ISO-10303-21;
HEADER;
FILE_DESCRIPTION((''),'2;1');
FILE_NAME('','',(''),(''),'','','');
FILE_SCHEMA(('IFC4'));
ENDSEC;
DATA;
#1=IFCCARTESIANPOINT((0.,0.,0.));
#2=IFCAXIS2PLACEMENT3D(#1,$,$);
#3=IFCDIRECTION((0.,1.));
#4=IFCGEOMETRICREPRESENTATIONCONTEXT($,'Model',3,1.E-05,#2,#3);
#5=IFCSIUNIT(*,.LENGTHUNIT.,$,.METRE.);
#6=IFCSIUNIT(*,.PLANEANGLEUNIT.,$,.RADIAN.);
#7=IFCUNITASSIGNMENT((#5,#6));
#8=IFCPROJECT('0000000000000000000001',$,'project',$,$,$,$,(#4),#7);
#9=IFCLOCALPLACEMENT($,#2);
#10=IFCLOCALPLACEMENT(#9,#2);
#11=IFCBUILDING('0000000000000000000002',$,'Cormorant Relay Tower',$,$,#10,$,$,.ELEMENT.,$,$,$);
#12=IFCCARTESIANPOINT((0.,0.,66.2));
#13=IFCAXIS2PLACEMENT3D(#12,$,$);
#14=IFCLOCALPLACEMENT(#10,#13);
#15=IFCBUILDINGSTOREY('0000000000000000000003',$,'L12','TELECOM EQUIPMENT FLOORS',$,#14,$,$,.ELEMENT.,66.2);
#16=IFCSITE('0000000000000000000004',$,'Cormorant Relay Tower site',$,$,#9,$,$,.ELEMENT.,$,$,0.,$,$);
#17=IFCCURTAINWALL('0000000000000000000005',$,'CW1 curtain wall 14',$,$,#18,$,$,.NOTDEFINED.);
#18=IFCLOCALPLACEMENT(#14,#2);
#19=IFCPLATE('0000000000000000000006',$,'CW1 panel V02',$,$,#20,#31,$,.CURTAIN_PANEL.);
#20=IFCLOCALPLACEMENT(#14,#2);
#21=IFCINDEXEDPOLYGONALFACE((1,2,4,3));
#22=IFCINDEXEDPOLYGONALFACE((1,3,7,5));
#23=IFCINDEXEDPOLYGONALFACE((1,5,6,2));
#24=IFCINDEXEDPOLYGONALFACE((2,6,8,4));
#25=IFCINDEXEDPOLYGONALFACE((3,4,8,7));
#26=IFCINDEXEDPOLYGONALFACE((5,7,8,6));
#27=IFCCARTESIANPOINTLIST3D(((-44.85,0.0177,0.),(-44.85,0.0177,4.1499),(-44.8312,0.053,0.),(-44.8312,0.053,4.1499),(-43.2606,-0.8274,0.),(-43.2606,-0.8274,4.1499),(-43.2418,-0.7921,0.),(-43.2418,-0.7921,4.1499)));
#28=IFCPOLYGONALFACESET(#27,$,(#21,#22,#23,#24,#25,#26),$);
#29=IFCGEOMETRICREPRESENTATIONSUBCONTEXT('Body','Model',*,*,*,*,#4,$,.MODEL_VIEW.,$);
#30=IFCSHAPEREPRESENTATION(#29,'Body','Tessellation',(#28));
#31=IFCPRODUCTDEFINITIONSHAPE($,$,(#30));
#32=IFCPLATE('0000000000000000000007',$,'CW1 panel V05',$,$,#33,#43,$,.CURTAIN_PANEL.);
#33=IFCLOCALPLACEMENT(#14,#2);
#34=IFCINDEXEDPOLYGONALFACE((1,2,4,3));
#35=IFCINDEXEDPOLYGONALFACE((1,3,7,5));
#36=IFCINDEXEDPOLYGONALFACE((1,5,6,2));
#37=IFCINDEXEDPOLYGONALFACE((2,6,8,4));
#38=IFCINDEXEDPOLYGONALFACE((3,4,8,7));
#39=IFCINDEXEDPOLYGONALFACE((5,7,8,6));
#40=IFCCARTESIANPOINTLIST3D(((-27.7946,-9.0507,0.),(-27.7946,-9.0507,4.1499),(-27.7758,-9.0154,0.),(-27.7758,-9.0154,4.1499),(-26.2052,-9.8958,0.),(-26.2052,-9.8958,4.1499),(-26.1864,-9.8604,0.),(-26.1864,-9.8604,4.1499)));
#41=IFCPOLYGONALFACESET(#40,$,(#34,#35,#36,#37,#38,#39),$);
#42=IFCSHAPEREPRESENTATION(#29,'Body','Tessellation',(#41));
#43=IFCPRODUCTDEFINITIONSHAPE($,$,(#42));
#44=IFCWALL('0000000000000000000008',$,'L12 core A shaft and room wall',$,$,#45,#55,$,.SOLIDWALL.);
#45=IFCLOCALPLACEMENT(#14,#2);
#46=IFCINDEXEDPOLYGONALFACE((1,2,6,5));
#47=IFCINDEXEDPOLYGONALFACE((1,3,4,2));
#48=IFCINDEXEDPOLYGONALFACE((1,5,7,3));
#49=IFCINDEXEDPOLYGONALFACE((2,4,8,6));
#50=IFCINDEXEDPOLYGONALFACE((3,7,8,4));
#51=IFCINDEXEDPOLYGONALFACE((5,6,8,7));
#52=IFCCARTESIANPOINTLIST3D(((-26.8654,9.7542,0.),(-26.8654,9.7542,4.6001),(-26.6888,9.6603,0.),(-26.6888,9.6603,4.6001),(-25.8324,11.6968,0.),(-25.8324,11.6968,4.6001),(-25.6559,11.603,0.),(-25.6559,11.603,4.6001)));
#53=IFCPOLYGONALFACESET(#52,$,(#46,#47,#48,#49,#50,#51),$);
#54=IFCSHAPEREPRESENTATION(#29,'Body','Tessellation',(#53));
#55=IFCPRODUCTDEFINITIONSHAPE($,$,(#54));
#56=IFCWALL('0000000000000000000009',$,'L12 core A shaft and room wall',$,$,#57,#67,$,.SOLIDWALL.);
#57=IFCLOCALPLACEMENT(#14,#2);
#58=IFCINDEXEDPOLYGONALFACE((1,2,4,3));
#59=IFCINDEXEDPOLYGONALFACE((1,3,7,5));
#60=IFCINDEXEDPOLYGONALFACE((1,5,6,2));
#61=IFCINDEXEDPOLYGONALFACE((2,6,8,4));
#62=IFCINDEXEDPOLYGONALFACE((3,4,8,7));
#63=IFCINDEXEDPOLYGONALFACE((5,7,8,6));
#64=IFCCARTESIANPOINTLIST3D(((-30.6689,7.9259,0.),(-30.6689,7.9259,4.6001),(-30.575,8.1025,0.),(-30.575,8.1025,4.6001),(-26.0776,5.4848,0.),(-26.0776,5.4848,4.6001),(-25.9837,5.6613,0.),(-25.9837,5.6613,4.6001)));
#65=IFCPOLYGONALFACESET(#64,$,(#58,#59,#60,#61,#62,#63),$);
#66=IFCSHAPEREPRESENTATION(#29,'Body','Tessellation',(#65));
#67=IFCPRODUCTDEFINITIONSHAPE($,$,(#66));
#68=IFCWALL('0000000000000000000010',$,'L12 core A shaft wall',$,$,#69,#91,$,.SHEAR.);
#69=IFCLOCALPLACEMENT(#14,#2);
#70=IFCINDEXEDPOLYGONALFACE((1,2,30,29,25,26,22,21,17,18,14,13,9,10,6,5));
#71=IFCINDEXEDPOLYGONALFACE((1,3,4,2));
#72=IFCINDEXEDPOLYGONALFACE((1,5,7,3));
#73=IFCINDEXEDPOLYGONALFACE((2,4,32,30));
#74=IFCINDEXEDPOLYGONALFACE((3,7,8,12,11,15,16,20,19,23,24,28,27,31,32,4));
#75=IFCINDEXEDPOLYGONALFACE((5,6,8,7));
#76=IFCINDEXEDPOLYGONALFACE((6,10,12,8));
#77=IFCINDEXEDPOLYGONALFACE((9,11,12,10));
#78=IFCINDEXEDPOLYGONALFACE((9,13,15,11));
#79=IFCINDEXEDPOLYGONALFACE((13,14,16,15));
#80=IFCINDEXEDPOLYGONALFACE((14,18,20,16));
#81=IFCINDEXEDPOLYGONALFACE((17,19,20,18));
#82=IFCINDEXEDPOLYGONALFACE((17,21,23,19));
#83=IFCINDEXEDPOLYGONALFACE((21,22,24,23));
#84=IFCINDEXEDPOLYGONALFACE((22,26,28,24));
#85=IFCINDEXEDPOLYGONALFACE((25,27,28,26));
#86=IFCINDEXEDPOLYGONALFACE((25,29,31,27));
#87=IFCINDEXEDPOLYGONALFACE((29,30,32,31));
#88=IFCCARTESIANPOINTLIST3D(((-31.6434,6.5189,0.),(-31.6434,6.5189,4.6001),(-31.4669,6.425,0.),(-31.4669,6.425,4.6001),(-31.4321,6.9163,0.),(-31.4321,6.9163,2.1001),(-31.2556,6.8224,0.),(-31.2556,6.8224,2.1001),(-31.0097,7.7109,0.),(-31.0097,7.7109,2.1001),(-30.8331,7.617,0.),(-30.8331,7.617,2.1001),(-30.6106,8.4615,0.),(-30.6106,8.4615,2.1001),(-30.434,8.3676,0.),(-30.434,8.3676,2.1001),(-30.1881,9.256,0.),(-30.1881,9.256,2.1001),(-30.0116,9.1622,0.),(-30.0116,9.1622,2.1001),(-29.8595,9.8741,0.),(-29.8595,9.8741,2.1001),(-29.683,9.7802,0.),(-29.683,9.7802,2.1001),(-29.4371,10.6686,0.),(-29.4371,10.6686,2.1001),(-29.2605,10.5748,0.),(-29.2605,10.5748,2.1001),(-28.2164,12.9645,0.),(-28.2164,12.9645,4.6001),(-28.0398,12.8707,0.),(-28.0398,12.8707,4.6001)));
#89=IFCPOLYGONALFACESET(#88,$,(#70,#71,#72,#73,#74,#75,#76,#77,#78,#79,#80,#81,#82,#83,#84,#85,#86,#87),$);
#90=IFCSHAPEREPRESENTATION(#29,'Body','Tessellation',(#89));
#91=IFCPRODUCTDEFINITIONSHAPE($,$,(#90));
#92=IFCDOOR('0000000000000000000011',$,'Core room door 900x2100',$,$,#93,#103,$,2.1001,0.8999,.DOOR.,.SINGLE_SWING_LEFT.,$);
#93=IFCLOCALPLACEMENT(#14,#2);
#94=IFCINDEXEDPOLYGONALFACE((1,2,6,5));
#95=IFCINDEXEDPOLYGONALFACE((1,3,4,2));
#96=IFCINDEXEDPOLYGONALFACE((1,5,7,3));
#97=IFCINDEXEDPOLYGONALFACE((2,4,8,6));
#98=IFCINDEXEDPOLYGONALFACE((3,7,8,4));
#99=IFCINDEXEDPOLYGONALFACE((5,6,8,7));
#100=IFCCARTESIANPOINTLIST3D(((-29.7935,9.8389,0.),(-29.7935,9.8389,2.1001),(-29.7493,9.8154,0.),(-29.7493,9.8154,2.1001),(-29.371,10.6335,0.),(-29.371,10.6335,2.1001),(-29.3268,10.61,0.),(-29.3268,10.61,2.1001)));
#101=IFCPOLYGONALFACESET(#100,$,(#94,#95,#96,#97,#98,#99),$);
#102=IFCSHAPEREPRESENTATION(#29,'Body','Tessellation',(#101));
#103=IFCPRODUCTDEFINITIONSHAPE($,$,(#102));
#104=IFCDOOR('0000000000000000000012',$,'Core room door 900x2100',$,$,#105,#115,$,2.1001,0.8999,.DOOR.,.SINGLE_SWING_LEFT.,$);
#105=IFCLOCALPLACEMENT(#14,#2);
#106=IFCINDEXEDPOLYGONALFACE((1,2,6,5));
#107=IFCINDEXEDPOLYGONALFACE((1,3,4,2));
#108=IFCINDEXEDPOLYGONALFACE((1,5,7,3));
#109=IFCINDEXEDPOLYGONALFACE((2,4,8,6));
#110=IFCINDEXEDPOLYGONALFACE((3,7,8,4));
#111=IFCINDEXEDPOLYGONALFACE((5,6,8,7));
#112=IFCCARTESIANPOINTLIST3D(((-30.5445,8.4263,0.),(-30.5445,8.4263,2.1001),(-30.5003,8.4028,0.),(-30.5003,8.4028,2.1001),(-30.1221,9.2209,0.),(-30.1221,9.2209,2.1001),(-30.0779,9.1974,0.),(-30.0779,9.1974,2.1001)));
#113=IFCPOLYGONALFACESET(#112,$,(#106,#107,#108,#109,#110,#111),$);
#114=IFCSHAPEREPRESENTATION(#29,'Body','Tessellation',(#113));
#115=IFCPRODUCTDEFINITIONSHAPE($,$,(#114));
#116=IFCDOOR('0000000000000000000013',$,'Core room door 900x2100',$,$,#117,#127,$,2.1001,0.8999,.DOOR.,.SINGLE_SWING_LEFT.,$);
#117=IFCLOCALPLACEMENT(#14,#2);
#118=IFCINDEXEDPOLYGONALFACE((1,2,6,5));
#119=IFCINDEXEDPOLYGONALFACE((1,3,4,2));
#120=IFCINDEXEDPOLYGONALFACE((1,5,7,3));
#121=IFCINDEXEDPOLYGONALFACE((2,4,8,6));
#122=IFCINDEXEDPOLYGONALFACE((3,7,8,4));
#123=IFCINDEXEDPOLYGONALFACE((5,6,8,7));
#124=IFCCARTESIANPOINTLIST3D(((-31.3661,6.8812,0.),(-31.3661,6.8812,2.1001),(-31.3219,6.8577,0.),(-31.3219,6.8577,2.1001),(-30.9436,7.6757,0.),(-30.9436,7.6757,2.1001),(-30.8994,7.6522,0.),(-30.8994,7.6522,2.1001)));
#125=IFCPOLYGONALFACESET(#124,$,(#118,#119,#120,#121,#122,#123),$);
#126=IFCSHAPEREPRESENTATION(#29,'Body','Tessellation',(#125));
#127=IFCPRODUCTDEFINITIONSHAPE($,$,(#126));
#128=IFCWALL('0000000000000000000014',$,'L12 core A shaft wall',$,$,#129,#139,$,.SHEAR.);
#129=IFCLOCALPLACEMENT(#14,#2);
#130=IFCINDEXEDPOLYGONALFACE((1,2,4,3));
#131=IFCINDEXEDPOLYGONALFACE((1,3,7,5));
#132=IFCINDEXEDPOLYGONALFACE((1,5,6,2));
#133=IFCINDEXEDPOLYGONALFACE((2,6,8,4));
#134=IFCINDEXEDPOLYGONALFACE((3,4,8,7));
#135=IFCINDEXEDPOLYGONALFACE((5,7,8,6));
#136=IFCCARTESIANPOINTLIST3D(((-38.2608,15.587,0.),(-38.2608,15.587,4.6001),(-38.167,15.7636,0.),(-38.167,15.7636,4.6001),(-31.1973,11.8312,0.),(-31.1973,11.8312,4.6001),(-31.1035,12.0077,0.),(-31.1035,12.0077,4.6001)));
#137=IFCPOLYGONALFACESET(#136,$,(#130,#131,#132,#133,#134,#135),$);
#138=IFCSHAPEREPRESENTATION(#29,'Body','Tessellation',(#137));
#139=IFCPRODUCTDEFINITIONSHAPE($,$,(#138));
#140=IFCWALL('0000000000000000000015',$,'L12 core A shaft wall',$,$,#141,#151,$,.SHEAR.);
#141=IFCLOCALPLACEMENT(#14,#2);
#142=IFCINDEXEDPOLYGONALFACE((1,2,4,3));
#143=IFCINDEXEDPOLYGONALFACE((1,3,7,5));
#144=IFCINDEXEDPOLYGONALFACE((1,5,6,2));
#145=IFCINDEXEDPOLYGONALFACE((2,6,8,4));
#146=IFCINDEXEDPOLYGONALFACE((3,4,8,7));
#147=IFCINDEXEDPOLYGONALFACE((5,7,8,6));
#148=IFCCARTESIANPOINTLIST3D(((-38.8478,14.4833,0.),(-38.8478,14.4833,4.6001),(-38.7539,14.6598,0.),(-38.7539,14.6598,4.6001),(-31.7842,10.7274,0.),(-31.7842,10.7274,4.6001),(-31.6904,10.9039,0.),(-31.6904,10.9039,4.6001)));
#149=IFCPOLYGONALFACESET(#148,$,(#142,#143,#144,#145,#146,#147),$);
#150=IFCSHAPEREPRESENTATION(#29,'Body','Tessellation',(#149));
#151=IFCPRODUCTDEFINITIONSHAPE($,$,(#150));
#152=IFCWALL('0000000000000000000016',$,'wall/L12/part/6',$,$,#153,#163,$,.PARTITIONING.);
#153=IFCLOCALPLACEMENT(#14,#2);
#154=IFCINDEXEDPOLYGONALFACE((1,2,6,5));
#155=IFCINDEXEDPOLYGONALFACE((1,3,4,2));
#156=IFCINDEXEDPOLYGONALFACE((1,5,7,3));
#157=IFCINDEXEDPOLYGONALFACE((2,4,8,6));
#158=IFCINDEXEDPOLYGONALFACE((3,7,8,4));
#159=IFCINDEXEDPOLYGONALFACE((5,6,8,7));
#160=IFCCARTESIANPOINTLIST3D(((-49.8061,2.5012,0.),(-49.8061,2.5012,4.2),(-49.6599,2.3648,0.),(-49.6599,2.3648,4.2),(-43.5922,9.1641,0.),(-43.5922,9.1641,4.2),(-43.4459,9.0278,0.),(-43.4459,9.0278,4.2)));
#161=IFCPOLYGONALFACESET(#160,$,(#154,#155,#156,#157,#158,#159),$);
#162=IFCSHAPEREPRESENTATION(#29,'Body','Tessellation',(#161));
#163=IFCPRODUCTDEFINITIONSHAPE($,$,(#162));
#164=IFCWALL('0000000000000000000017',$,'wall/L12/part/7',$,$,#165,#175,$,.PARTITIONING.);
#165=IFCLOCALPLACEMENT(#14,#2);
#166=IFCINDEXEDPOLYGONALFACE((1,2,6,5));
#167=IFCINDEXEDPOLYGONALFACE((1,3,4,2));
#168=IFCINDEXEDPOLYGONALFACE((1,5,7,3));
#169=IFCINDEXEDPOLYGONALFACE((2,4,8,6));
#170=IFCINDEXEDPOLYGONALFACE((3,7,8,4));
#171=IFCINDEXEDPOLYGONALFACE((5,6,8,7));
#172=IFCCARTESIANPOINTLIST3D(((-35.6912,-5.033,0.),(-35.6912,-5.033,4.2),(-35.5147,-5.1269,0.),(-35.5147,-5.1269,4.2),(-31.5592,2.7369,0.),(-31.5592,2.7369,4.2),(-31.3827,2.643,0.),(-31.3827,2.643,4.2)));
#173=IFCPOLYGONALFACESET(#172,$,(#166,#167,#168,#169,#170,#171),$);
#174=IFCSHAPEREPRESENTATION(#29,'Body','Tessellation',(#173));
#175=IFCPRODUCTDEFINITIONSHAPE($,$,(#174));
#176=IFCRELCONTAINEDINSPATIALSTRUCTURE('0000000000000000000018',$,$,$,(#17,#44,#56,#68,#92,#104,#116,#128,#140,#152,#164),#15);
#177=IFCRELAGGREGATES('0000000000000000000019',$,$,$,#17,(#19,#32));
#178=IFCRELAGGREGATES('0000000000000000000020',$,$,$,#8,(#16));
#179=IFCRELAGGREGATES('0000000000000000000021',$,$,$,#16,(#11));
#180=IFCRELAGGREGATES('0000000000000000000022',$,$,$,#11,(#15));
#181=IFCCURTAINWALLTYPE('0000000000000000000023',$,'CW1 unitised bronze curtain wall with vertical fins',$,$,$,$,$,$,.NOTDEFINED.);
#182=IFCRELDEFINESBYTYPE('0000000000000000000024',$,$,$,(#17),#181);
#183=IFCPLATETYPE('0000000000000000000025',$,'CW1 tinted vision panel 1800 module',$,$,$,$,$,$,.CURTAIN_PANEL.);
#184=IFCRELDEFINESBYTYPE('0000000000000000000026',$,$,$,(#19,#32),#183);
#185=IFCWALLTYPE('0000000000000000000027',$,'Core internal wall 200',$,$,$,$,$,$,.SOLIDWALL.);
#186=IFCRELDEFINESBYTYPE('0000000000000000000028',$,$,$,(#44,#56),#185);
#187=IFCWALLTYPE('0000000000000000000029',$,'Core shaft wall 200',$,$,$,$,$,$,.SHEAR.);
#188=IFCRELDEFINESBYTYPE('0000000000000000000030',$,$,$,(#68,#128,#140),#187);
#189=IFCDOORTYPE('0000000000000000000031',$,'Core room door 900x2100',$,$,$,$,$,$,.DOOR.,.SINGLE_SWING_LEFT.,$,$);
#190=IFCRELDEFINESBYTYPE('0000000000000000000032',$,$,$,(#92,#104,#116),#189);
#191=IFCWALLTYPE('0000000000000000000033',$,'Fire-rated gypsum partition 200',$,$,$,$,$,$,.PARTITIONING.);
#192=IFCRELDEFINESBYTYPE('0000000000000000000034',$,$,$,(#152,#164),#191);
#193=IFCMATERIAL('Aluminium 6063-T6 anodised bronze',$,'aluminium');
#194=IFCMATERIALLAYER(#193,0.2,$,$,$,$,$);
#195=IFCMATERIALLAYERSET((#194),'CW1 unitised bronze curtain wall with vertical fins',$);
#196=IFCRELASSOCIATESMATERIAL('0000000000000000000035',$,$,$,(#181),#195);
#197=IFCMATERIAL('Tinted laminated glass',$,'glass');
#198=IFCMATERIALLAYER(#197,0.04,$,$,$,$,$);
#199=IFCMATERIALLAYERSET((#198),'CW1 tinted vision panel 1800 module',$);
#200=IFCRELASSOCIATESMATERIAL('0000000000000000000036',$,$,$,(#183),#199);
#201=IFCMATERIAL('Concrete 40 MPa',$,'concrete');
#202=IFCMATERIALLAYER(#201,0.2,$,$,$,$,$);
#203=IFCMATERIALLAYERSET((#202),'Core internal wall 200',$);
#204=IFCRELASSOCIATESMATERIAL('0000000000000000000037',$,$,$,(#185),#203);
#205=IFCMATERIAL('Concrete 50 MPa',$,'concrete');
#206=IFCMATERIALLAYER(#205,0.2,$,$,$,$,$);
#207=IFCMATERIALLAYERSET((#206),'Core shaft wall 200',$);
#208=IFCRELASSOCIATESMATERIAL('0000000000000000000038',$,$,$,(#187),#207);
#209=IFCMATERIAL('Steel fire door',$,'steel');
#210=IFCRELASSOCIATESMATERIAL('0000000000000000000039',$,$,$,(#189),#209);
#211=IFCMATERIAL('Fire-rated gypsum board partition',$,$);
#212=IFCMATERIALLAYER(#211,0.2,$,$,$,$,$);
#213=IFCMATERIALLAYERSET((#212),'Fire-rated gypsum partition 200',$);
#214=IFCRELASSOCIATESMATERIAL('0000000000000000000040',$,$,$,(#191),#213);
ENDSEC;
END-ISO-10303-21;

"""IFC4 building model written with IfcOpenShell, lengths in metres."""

from ifc_helpers import new_model, si_unit, direction, frame, frame_2d, origin, origin_2d, place, context, subcontext, project, spatial, rectangle, extrude, material, layer, layer_set, type_object, element, fill, aggregate, save


model = new_model("IFC4")

# Units and contexts
model_context = context("Model", 3, precision=1e-05, world=origin(), true_north=direction((0.0, 1.0)))
body_context = subcontext(model_context, "Body", "Model", "MODEL_VIEW")
ifc_project = project(units=[si_unit("LENGTHUNIT", "METRE"), si_unit("PLANEANGLEUNIT", "RADIAN")], contexts=[model_context])

# Site, building, storey
site_placement = place(None, origin())
site = spatial("IfcSite", under=ifc_project, at=site_placement, Name="Cormorant Relay Tower site", CompositionType="ELEMENT", RefElevation=0.0)
building_placement = place(site_placement, origin())
building = spatial("IfcBuilding", under=site, at=building_placement, Name="Cormorant Relay Tower", CompositionType="ELEMENT")
storey_placement = place(building_placement, frame((0.0, 0.0, 66.2)))
storey = spatial("IfcBuildingStorey", under=building, at=storey_placement, Name="L12", Description="TELECOM EQUIPMENT FLOORS", CompositionType="ELEMENT", Elevation=66.2)

# Curtain wall
ifc_material_1 = material(Name="Aluminium 6063-T6 anodised bronze", Category="aluminium")
ifc_layer_1 = layer(ifc_material_1, 0.2)
ifc_layer_set_1 = layer_set([ifc_layer_1], Name="CW1 unitised bronze curtain wall with vertical fins")
curtain_wall_type = type_object("IfcCurtainWallType", Name="CW1 unitised bronze curtain wall with vertical fins", PredefinedType="NOTDEFINED", material=ifc_layer_set_1)
curtain_wall_placement = place(storey_placement, origin())
curtain_wall = element("IfcCurtainWall", 1, at=curtain_wall_placement, inside=storey, type_object=curtain_wall_type, Name="CW1 curtain wall 14", PredefinedType="NOTDEFINED")

# Plates
ifc_material_2 = material(Name="Tinted laminated glass", Category="glass")
ifc_layer_2 = layer(ifc_material_2, 0.04)
ifc_layer_set_2 = layer_set([ifc_layer_2], Name="CW1 tinted vision panel 1800 module")
plate_type = type_object("IfcPlateType", Name="CW1 tinted vision panel 1800 module", PredefinedType="CURTAIN_PANEL", material=ifc_layer_set_2)
plate_1_placement = place(storey_placement, frame((-44.0459, -0.3872, 0.0), z_axis=(0.0, 0.0, 1.0), x_axis=(0.882948, -0.469472, 0.0)))
plate_1 = element("IfcPlate", 2, at=plate_1_placement, type_object=plate_type, Name="CW1 panel V02", PredefinedType="CURTAIN_PANEL", context=body_context, shape_type="SweptSolid", body=[
    extrude(rectangle(XDim=1.8, YDim=0.04, at=origin_2d()), origin(), (0.0, 0.0, 1.0), 4.1499),
])
plate_2_placement = place(storey_placement, frame((-26.9905, -9.4556, 0.0), z_axis=(0.0, 0.0, 1.0), x_axis=(0.882948, -0.469472, 0.0)))
plate_2 = element("IfcPlate", 3, at=plate_2_placement, type_object=plate_type, Name="CW1 panel V05", PredefinedType="CURTAIN_PANEL", context=body_context, shape_type="SweptSolid", body=[
    extrude(rectangle(XDim=1.8, YDim=0.04, at=origin_2d()), origin(), (0.0, 0.0, 1.0), 4.1499),
])

# Walls
ifc_material_3 = material(Name="Concrete 40 MPa", Category="concrete")
ifc_layer_3 = layer(ifc_material_3, 0.2)
ifc_layer_set_3 = layer_set([ifc_layer_3], Name="Core internal wall 200")
wall_type_1 = type_object("IfcWallType", Name="Core internal wall 200", PredefinedType="SOLIDWALL", material=ifc_layer_set_3)
wall_1_placement = place(storey_placement, frame((-25.7441, 11.6499, 0.0), z_axis=(0.0, 0.0, 1.0), x_axis=(-0.469488, -0.882939, 0.0)))
element("IfcWall", 4, at=wall_1_placement, inside=storey, type_object=wall_type_1, Name="L12 core A shaft and room wall", PredefinedType="SOLIDWALL", context=body_context, shape_type="SweptSolid", body=[
    extrude(rectangle(XDim=2.2002, YDim=0.2, at=frame_2d((1.1001, 0.0))), origin(), (0.0, 0.0, 1.0), 4.6001),
])
wall_2_placement = place(storey_placement, frame((-26.0305, 5.573, 0.0), z_axis=(0.0, 0.0, 1.0), x_axis=(-0.882954, 0.46946, 0.0)))
element("IfcWall", 5, at=wall_2_placement, inside=storey, type_object=wall_type_1, Name="L12 core A shaft and room wall", PredefinedType="SOLIDWALL", context=body_context, shape_type="SweptSolid", body=[
    extrude(rectangle(XDim=5.2, YDim=0.2, at=frame_2d((2.6001, 0.0))), origin(), (0.0, 0.0, 1.0), 4.6001),
])

# Wall, openings, doors
ifc_material_4 = material(Name="Concrete 50 MPa", Category="concrete")
ifc_layer_4 = layer(ifc_material_4, 0.2)
ifc_layer_set_4 = layer_set([ifc_layer_4], Name="Core shaft wall 200")
wall_type_2 = type_object("IfcWallType", Name="Core shaft wall 200", PredefinedType="SHEAR", material=ifc_layer_set_4)
wall_3_placement = place(storey_placement, frame((-28.1282, 12.9175, 0.0), z_axis=(0.0, 0.0, 1.0), x_axis=(-0.469454, -0.882957, 0.0)))
wall_3 = element("IfcWall", 6, at=wall_3_placement, inside=storey, type_object=wall_type_2, Name="L12 core A shaft wall", PredefinedType="SHEAR", context=body_context, shape_type="SweptSolid", body=[
    extrude(rectangle(XDim=7.3, YDim=0.2, at=frame_2d((3.6499, 0.0))), origin(), (0.0, 0.0, 1.0), 4.6001),
])
opening_1_placement = place(wall_3_placement, frame((2.6001, 0.0, 0.0)))
opening_1 = element("IfcOpeningElement", 7, at=opening_1_placement, cuts=wall_3, PredefinedType="OPENING", context=body_context, shape_type="SweptSolid", body=[
    extrude(rectangle(XDim=0.8999, YDim=2.1001, at=frame_2d((0.45, 1.05))), frame((0.0, 0.1099, 0.0), z_axis=(0.0, -1.0, 0.0), x_axis=(1.0, 0.0, 0.0)), (0.0, 0.0, 1.0), 0.22),
])
opening_2_placement = place(wall_3_placement, frame((4.2, 0.0, 0.0)))
opening_2 = element("IfcOpeningElement", 8, at=opening_2_placement, cuts=wall_3, PredefinedType="OPENING", context=body_context, shape_type="SweptSolid", body=[
    extrude(rectangle(XDim=0.8999, YDim=2.1001, at=frame_2d((0.45, 1.05))), frame((0.0, 0.1099, 0.0), z_axis=(0.0, -1.0, 0.0), x_axis=(1.0, 0.0, 0.0)), (0.0, 0.0, 1.0), 0.22),
])
opening_3_placement = place(wall_3_placement, frame((5.95, 0.0, 0.0)))
opening_3 = element("IfcOpeningElement", 9, at=opening_3_placement, cuts=wall_3, PredefinedType="OPENING", context=body_context, shape_type="SweptSolid", body=[
    extrude(rectangle(XDim=0.8999, YDim=2.1001, at=frame_2d((0.45, 1.05))), frame((0.0, 0.1099, 0.0), z_axis=(0.0, -1.0, 0.0), x_axis=(1.0, 0.0, 0.0)), (0.0, 0.0, 1.0), 0.22),
])
ifc_material_5 = material(Name="Steel fire door", Category="steel")
door_type = type_object("IfcDoorType", Name="Core room door 900x2100", OperationType="SINGLE_SWING_LEFT", PredefinedType="DOOR", material=ifc_material_5)
door_1_placement = place(opening_1_placement, origin())
door_1 = element("IfcDoor", 10, at=door_1_placement, inside=storey, type_object=door_type, Name="Core room door 900x2100", OperationType="SINGLE_SWING_LEFT", OverallHeight=2.1001, OverallWidth=0.8999, PredefinedType="DOOR", context=body_context, shape_type="SweptSolid", body=[
    extrude(rectangle(XDim=0.8999, YDim=2.1001, at=frame_2d((0.45, 1.05))), frame((0.0, 0.0249, 0.0), z_axis=(0.0, -1.0, 0.0), x_axis=(1.0, 0.0, 0.0)), (0.0, 0.0, 1.0), 0.05),
])
fill(opening_1, door_1)
door_2_placement = place(opening_2_placement, origin())
door_2 = element("IfcDoor", 11, at=door_2_placement, inside=storey, type_object=door_type, Name="Core room door 900x2100", OperationType="SINGLE_SWING_LEFT", OverallHeight=2.1001, OverallWidth=0.8999, PredefinedType="DOOR", context=body_context, shape_type="SweptSolid", body=[
    extrude(rectangle(XDim=0.8999, YDim=2.1001, at=frame_2d((0.45, 1.05))), frame((0.0, 0.0249, 0.0), z_axis=(0.0, -1.0, 0.0), x_axis=(1.0, 0.0, 0.0)), (0.0, 0.0, 1.0), 0.05),
])
fill(opening_2, door_2)
door_3_placement = place(opening_3_placement, origin())
door_3 = element("IfcDoor", 12, at=door_3_placement, inside=storey, type_object=door_type, Name="Core room door 900x2100", OperationType="SINGLE_SWING_LEFT", OverallHeight=2.1001, OverallWidth=0.8999, PredefinedType="DOOR", context=body_context, shape_type="SweptSolid", body=[
    extrude(rectangle(XDim=0.8999, YDim=2.1001, at=frame_2d((0.45, 1.05))), frame((0.0, 0.0249, 0.0), z_axis=(0.0, -1.0, 0.0), x_axis=(1.0, 0.0, 0.0)), (0.0, 0.0, 1.0), 0.05),
])
fill(opening_3, door_3)

# Walls
for number, where, z_axis, x_axis, name in (
    (13, (-31.1504, 11.9194, 0.0), (0.0, 0.0, 1.0), (-0.88294, 0.469485, 0.0), "L12 core A shaft wall"),
    (14, (-31.7373, 10.8157, 0.0), (0.0, 0.0, 1.0), (-0.88294, 0.469485, 0.0), "L12 core A shaft wall"),
):
    element("IfcWall", number, at=place(storey_placement, frame(where, z_axis=z_axis, x_axis=x_axis)), inside=storey, type_object=wall_type_2, Name=name, PredefinedType="SHEAR", context=body_context, shape_type="SweptSolid", body=[
        extrude(rectangle(XDim=8.0, YDim=0.2, at=frame_2d((4.0, 0.0))), origin(), (0.0, 0.0, 1.0), 4.6001),
    ])
ifc_material_6 = material(Name="Fire-rated gypsum board partition")
ifc_layer_5 = layer(ifc_material_6, 0.2)
ifc_layer_set_5 = layer_set([ifc_layer_5], Name="Fire-rated gypsum partition 200")
wall_type_3 = type_object("IfcWallType", Name="Fire-rated gypsum partition 200", PredefinedType="PARTITIONING", material=ifc_layer_set_5)
wall_4_placement = place(storey_placement, frame((-43.519, 9.0959, 0.0), z_axis=(0.0, 0.0, 1.0), x_axis=(-0.682037, -0.731317, 0.0)))
element("IfcWall", 15, at=wall_4_placement, inside=storey, type_object=wall_type_3, Name="wall/L12/part/6", PredefinedType="PARTITIONING", context=body_context, shape_type="SweptSolid", body=[
    extrude(rectangle(XDim=9.1108, YDim=0.2, at=frame_2d((4.5554, 0.0))), origin(), (0.0, 0.0, 1.0), 4.2),
])
wall_5_placement = place(storey_placement, frame((-31.4709, 2.6899, 0.0), z_axis=(0.0, 0.0, 1.0), x_axis=(-0.469532, -0.882915, 0.0)))
element("IfcWall", 16, at=wall_5_placement, inside=storey, type_object=wall_type_3, Name="wall/L12/part/7", PredefinedType="PARTITIONING", context=body_context, shape_type="SweptSolid", body=[
    extrude(rectangle(XDim=8.8003, YDim=0.2, at=frame_2d((4.4001, 0.0))), origin(), (0.0, 0.0, 1.0), 4.2),
])

aggregate(curtain_wall, [plate_1, plate_2])

save(model, "model.ifc")
